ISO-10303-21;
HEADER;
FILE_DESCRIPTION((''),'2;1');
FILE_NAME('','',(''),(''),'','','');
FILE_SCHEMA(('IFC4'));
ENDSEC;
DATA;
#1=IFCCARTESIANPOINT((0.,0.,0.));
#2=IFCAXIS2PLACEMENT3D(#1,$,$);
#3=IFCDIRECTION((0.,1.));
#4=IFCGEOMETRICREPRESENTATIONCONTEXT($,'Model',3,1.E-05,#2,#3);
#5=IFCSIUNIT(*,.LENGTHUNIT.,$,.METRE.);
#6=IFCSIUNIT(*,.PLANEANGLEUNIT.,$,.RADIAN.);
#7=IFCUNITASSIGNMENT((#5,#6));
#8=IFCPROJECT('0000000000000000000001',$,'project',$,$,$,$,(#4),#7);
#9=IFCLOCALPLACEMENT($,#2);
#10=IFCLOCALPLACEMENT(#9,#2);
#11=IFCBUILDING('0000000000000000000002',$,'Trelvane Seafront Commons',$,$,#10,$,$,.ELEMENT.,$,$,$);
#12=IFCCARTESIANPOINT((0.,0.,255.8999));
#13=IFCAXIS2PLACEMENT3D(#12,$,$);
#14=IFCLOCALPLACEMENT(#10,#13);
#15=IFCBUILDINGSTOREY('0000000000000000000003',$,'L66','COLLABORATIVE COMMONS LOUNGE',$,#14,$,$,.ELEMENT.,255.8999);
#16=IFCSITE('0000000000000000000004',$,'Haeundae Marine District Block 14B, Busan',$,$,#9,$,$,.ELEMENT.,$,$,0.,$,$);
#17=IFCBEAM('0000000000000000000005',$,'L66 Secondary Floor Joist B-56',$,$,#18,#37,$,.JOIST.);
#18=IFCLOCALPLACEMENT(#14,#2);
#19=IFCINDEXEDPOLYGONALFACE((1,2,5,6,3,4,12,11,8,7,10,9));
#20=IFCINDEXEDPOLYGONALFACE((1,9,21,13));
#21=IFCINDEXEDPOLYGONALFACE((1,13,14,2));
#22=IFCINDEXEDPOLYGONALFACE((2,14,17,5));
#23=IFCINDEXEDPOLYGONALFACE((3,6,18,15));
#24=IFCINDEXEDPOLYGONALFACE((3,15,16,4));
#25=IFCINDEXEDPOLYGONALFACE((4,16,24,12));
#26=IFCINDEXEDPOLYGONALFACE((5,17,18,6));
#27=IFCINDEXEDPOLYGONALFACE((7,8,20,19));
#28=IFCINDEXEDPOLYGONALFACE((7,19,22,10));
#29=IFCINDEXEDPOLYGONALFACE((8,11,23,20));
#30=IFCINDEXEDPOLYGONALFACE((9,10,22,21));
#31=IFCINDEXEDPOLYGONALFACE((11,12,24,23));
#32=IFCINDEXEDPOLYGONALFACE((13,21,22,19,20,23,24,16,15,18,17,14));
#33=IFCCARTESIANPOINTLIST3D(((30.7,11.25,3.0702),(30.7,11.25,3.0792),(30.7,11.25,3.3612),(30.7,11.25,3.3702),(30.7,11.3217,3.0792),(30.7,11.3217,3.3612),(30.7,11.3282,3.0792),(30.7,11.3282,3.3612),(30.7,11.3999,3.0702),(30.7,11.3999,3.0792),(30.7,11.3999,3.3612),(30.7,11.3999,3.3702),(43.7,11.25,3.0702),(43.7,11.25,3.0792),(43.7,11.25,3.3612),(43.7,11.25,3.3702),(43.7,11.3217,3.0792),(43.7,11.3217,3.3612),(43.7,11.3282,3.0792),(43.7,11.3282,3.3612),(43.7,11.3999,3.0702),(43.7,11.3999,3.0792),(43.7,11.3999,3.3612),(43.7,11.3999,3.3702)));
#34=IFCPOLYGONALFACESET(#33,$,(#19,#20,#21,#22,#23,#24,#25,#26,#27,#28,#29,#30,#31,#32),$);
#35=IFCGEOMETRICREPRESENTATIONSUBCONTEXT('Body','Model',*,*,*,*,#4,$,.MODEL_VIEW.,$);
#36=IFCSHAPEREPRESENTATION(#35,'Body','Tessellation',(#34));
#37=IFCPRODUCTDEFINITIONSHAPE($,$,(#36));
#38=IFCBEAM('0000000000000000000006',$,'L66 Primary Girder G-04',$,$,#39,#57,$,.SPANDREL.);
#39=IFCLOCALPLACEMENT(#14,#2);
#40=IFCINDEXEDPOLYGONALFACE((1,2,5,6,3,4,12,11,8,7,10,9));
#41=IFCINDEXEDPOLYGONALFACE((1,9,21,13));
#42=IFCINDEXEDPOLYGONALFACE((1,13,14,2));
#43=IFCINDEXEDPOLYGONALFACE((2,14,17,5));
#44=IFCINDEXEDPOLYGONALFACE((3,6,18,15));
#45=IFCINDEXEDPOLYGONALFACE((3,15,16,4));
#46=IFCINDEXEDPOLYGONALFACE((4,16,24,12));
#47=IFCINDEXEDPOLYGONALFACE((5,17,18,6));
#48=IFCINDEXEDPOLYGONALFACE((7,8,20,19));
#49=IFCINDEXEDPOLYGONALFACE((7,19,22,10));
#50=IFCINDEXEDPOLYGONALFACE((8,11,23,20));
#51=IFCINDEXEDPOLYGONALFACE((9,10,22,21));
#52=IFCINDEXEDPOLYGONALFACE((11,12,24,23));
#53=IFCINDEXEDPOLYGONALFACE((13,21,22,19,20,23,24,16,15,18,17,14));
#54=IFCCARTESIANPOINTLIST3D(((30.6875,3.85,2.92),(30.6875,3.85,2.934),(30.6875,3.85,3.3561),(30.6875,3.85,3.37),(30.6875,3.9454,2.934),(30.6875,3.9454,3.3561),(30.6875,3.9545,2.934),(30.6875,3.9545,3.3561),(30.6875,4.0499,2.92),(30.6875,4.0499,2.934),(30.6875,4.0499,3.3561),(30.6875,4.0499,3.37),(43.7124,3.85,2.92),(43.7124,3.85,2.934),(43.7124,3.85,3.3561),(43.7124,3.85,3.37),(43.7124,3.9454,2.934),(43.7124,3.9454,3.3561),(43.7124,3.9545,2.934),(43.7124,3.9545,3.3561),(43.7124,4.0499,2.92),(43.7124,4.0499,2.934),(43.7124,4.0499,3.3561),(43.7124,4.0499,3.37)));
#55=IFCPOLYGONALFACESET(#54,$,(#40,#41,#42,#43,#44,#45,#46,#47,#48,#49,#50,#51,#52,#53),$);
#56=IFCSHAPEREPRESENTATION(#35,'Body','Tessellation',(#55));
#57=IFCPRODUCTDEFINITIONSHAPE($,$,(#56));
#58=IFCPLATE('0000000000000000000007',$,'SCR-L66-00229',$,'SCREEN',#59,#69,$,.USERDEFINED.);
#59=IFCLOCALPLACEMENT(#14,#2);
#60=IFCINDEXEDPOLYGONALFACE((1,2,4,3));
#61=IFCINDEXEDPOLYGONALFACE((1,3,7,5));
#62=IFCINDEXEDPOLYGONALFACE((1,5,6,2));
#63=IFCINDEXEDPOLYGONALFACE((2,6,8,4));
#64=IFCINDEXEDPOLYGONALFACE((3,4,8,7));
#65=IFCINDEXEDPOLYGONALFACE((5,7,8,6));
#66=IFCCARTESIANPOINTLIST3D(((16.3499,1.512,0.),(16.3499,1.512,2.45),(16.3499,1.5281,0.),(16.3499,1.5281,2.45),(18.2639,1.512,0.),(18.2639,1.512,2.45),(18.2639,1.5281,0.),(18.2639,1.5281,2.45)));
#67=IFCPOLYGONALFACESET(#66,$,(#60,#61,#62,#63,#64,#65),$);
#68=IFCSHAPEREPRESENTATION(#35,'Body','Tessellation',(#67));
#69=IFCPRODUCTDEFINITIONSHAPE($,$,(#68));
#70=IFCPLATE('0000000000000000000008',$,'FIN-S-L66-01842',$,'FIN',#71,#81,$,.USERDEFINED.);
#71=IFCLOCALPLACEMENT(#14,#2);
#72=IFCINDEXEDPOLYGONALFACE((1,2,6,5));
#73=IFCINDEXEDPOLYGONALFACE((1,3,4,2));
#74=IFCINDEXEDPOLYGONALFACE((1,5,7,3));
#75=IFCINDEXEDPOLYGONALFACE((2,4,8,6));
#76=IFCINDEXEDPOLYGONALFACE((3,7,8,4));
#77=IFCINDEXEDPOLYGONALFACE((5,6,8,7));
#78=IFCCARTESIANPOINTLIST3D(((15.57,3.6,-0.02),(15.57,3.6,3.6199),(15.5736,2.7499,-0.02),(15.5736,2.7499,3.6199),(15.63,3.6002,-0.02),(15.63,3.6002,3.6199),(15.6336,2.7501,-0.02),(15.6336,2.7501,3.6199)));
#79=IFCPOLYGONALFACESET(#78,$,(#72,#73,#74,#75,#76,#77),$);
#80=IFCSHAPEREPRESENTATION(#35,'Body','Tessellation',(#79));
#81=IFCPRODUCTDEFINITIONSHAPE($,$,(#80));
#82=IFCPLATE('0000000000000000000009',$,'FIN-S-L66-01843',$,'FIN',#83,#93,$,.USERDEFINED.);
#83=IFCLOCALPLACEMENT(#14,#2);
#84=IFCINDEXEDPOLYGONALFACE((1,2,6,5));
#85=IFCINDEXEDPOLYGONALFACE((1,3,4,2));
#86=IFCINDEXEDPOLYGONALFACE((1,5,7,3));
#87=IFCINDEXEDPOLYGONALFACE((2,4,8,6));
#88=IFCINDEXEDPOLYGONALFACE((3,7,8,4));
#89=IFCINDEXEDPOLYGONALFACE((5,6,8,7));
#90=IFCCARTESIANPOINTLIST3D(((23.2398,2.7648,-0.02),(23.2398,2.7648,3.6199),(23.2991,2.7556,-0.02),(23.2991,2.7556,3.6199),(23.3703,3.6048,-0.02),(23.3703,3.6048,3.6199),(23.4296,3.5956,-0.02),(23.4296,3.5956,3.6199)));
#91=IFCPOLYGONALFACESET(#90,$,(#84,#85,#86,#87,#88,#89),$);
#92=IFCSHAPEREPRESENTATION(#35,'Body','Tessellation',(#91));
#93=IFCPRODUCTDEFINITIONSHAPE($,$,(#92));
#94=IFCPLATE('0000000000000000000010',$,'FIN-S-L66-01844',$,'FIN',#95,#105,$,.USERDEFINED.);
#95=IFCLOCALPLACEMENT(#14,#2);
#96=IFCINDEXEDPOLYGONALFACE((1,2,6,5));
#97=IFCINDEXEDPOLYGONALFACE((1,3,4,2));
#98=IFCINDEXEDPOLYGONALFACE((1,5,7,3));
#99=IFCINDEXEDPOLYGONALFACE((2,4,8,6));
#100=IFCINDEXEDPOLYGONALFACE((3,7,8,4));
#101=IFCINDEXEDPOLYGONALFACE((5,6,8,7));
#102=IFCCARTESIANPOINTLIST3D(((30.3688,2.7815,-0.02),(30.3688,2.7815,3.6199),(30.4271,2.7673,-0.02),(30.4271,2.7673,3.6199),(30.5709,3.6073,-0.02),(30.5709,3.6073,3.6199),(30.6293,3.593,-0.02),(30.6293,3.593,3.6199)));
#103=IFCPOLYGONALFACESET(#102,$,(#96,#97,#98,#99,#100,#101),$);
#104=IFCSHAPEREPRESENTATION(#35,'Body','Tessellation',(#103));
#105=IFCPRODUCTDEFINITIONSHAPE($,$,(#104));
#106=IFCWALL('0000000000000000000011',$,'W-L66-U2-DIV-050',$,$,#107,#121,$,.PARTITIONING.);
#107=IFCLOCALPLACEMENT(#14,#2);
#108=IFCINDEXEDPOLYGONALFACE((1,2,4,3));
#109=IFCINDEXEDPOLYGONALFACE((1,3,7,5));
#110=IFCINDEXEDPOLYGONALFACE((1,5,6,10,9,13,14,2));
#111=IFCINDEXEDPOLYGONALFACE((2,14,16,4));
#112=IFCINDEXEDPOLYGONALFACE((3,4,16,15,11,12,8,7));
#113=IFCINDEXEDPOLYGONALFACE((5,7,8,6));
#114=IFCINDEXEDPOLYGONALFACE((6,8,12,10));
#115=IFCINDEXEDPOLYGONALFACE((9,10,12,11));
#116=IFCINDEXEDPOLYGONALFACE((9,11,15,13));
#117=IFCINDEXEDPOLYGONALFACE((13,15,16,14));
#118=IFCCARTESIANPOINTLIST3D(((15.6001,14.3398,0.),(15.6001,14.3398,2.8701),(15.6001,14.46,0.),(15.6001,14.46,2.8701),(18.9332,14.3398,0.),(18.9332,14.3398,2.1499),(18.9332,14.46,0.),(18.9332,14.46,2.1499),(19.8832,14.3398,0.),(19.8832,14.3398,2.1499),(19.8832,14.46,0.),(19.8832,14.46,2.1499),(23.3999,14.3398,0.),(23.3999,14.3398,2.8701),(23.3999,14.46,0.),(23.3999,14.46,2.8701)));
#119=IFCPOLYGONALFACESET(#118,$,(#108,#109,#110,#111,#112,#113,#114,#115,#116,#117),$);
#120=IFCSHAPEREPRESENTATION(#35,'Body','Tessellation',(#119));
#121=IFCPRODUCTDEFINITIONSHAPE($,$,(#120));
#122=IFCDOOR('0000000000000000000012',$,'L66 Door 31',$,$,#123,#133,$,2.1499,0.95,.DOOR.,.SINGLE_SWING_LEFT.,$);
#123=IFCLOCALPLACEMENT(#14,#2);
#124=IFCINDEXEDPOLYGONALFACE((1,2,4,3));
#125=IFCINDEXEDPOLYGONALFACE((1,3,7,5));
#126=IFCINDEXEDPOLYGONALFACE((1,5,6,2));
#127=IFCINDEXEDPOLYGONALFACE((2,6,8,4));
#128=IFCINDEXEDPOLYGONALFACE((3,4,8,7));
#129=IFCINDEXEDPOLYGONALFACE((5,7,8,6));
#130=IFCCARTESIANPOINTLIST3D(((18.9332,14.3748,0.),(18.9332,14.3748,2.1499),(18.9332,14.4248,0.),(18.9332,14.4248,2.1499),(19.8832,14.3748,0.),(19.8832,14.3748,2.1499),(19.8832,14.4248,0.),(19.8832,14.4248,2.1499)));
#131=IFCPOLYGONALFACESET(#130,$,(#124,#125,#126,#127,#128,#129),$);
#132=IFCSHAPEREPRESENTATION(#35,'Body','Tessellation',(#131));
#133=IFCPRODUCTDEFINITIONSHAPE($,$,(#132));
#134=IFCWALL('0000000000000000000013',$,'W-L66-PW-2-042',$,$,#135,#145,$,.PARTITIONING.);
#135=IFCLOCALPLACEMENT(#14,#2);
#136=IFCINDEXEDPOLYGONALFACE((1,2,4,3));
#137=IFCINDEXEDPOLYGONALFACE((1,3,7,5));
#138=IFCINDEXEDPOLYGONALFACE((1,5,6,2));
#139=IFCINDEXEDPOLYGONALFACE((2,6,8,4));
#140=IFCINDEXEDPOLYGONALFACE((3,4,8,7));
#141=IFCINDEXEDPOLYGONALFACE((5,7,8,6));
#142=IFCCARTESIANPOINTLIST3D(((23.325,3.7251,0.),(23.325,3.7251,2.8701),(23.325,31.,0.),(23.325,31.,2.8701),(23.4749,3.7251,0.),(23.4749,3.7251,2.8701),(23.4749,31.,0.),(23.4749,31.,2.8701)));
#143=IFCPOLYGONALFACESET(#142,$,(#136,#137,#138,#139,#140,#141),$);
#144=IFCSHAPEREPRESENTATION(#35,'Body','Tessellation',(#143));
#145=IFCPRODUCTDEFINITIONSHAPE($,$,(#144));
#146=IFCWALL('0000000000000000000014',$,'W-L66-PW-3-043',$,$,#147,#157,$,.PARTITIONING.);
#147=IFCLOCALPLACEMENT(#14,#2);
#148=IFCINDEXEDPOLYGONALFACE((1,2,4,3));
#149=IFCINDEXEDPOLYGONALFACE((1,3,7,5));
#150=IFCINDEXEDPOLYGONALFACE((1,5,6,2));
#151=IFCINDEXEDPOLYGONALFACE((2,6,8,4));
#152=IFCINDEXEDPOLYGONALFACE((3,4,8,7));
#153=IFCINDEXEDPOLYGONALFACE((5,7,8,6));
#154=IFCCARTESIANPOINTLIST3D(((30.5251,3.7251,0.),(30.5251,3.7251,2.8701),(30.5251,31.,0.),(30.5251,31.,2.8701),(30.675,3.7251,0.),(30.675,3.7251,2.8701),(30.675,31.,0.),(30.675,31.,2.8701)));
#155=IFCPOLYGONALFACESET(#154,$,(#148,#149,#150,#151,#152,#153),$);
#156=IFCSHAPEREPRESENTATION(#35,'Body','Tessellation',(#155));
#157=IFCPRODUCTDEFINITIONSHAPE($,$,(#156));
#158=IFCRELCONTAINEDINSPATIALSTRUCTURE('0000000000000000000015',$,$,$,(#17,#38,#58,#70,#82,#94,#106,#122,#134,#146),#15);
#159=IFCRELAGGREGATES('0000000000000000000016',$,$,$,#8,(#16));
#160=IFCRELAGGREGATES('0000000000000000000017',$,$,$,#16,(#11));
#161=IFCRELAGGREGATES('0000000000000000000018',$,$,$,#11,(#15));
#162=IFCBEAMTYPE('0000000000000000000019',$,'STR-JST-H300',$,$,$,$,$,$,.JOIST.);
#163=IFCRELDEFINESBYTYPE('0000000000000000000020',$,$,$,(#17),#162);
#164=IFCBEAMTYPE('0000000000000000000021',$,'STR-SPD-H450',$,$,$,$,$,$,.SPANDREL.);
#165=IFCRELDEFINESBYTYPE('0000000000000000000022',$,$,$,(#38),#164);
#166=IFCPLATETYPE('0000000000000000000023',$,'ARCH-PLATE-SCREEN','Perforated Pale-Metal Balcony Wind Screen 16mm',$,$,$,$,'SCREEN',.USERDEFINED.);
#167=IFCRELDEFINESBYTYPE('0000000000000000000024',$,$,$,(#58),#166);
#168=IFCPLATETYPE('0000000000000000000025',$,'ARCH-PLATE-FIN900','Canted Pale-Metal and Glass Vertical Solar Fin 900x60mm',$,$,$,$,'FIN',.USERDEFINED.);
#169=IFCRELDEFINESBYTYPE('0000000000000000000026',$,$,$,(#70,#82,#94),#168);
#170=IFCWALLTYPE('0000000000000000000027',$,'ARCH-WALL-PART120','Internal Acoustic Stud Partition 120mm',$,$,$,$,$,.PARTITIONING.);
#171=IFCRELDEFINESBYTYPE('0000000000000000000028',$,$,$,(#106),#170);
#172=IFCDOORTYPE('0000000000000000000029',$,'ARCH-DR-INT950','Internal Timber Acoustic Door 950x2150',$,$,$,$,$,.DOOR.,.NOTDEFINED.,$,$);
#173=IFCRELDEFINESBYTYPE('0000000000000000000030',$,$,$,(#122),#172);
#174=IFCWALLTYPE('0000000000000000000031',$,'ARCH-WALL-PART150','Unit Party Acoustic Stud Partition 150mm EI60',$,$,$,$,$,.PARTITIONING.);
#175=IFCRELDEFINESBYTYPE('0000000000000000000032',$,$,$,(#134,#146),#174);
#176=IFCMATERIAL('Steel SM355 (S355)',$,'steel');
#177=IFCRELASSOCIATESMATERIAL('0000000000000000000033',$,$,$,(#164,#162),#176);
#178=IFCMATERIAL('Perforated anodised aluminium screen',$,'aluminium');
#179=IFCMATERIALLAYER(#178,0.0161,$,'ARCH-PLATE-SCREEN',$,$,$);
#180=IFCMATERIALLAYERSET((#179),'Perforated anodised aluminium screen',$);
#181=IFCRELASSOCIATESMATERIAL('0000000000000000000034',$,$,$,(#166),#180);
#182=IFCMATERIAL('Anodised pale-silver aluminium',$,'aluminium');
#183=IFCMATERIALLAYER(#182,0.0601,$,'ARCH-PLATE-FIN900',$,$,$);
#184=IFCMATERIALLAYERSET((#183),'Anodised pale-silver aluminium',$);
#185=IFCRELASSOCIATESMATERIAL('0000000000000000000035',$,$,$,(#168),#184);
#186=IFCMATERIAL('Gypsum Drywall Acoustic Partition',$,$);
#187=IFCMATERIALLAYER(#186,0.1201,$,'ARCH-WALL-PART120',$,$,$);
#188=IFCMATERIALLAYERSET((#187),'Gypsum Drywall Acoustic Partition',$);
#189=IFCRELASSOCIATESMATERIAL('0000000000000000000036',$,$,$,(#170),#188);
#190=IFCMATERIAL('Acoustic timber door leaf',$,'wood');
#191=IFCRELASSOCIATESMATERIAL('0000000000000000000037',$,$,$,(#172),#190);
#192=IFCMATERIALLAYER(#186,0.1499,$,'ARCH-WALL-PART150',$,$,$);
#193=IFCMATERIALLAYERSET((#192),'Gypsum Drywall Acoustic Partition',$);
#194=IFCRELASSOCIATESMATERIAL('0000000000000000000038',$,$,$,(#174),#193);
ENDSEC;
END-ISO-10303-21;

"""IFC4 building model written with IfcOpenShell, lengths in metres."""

from ifc_helpers import new_model, si_unit, direction, frame, frame_2d, origin, origin_2d, place, context, subcontext, project, spatial, rectangle, i_section, extrude, source, transform, mapped, material, layer, layer_set, material_profile, profile_set, type_object, element, fill, save


model = new_model("IFC4")

# Units and contexts
model_context = context("Model", 3, precision=1e-05, world=origin(), true_north=direction((0.0, 1.0)))
body_context = subcontext(model_context, "Body", "Model", "MODEL_VIEW")
ifc_project = project(units=[si_unit("LENGTHUNIT", "METRE"), si_unit("PLANEANGLEUNIT", "RADIAN")], contexts=[model_context])

# Site, building, storey
site_placement = place(None, origin())
site = spatial("IfcSite", under=ifc_project, at=site_placement, Name="Haeundae Marine District Block 14B, Busan", CompositionType="ELEMENT", RefElevation=0.0)
building_placement = place(site_placement, origin())
building = spatial("IfcBuilding", under=site, at=building_placement, Name="Trelvane Seafront Commons", CompositionType="ELEMENT")
storey_placement = place(building_placement, frame((0.0, 0.0, 255.8999)))
storey = spatial("IfcBuildingStorey", under=building, at=storey_placement, Name="L66", Description="COLLABORATIVE COMMONS LOUNGE", CompositionType="ELEMENT", Elevation=255.8999)

# Shared definitions
ifc_material_1 = material(Name="Steel SM355 (S355)", Category="steel")

# Beams
ifc_material_profile_1 = material_profile(ifc_material_1, i_section(OverallWidth=0.2, OverallDepth=0.45, WebThickness=0.009, FlangeThickness=0.0139, at=origin_2d()), Name="H-450x200x9x14")
ifc_profile_set_1 = profile_set([ifc_material_profile_1], Name="Steel SM355 (S355)")
beam_type_1 = type_object("IfcBeamType", Name="STR-SPD-H450", PredefinedType="SPANDREL", material=ifc_profile_set_1)
ifc_material_profile_2 = material_profile(ifc_material_1, i_section(OverallWidth=0.1499, OverallDepth=0.3, WebThickness=0.0066, FlangeThickness=0.009, at=origin_2d()), Name="H-300x150x6.5x9")
ifc_profile_set_2 = profile_set([ifc_material_profile_2], Name="Steel SM355 (S355)")
beam_type_2 = type_object("IfcBeamType", Name="STR-JST-H300", PredefinedType="JOIST", material=ifc_profile_set_2)
shared_shape_1 = source(origin(), body_context, "Body", "SweptSolid", [
    extrude(i_section(OverallWidth=0.1499, OverallDepth=0.3, WebThickness=0.0066, FlangeThickness=0.009, at=origin_2d()), origin(), (0.0, 0.0, 1.0), 13.0),
])
beam_1_placement = place(storey_placement, frame((30.7, 11.325, 3.2202), z_axis=(1.0, 0.0, 0.0), x_axis=(0.0, 1.0, 0.0)))
element("IfcBeam", 1, at=beam_1_placement, inside=storey, type_object=beam_type_2, Name="L66 Secondary Floor Joist B-56", PredefinedType="JOIST", context=body_context, shape_type="MappedRepresentation", body=[
    mapped(shared_shape_1, transform((0.0, 0.0, 0.0), x_axis=(1.0, 0.0, 0.0), y_axis=(0.0, 1.0, 0.0), z_axis=(0.0, 0.0, 1.0), scale=1.0)),
])
shared_shape_2 = source(origin(), body_context, "Body", "SweptSolid", [
    extrude(i_section(OverallWidth=0.2, OverallDepth=0.45, WebThickness=0.009, FlangeThickness=0.0139, at=origin_2d()), origin(), (0.0, 0.0, 1.0), 13.0249),
])
beam_2_placement = place(storey_placement, frame((30.6875, 3.95, 3.145), z_axis=(1.0, 0.0, 0.0), x_axis=(0.0, 1.0, 0.0)))
element("IfcBeam", 2, at=beam_2_placement, inside=storey, type_object=beam_type_1, Name="L66 Primary Girder G-04", PredefinedType="SPANDREL", context=body_context, shape_type="MappedRepresentation", body=[
    mapped(shared_shape_2, transform((0.0, 0.0, 0.0), x_axis=(1.0, 0.0, 0.0), y_axis=(0.0, 1.0, 0.0), z_axis=(0.0, 0.0, 1.0), scale=1.0)),
])

# Plates
ifc_material_2 = material(Name="Perforated anodised aluminium screen", Category="aluminium")
ifc_layer_1 = layer(ifc_material_2, 0.0161, Name="ARCH-PLATE-SCREEN")
ifc_layer_set_1 = layer_set([ifc_layer_1], Name="Perforated anodised aluminium screen")
plate_type_1 = type_object("IfcPlateType", Name="ARCH-PLATE-SCREEN", Description="Perforated Pale-Metal Balcony Wind Screen 16mm", ElementType="SCREEN", PredefinedType="USERDEFINED", material=ifc_layer_set_1)
shared_shape_3 = source(origin(), body_context, "Body", "SweptSolid", [
    extrude(rectangle(XDim=1.9141, YDim=0.0161, at=origin_2d()), origin(), (0.0, 0.0, 1.0), 2.45),
])
plate_placement = place(storey_placement, frame((17.3069, 1.52, 0.0), z_axis=(0.0, 0.0, 1.0), x_axis=(1.0, 0.0, 0.0)))
element("IfcPlate", 3, at=plate_placement, inside=storey, type_object=plate_type_1, Name="SCR-L66-00229", ObjectType="SCREEN", PredefinedType="USERDEFINED", context=body_context, shape_type="MappedRepresentation", body=[
    mapped(shared_shape_3, transform((0.0, 0.0, 0.0), x_axis=(1.0, 0.0, 0.0), y_axis=(0.0, 1.0, 0.0), z_axis=(0.0, 0.0, 1.0), scale=1.0)),
])
ifc_material_3 = material(Name="Anodised pale-silver aluminium", Category="aluminium")
ifc_layer_2 = layer(ifc_material_3, 0.0601, Name="ARCH-PLATE-FIN900")
ifc_layer_set_2 = layer_set([ifc_layer_2], Name="Anodised pale-silver aluminium")
plate_type_2 = type_object("IfcPlateType", Name="ARCH-PLATE-FIN900", Description="Canted Pale-Metal and Glass Vertical Solar Fin 900x60mm", ElementType="FIN", PredefinedType="USERDEFINED", material=ifc_layer_set_2)
shared_shape_4 = source(origin(), body_context, "Body", "SweptSolid", [
    extrude(rectangle(XDim=0.8501, YDim=0.0601, at=origin_2d()), origin(), (0.0, 0.0, 1.0), 3.6399),
])
for number, where, z_axis, x_axis, name in (
    (4, (15.6018, 3.175, -0.02), (0.0, 0.0, 1.0), (0.004236, -0.999991, 0.0), "FIN-S-L66-01842"),
    (5, (23.3347, 3.1802, -0.02), (0.0, 0.0, 1.0), (-0.153533, -0.988144, 0.0), "FIN-S-L66-01843"),
    (6, (30.499, 3.1873, -0.02), (0.0, 0.0, 1.0), (-0.237771, -0.971321, 0.0), "FIN-S-L66-01844"),
):
    element("IfcPlate", number, at=place(storey_placement, frame(where, z_axis=z_axis, x_axis=x_axis)), inside=storey, type_object=plate_type_2, Name=name, ObjectType="FIN", PredefinedType="USERDEFINED", context=body_context, shape_type="MappedRepresentation", body=[
        mapped(shared_shape_4, transform((0.0, 0.0, 0.0), x_axis=(1.0, 0.0, 0.0), y_axis=(0.0, 1.0, 0.0), z_axis=(0.0, 0.0, 1.0), scale=1.0)),
    ])

# Wall, opening, door
ifc_material_4 = material(Name="Gypsum Drywall Acoustic Partition")
ifc_layer_3 = layer(ifc_material_4, 0.1201, Name="ARCH-WALL-PART120")
ifc_layer_set_3 = layer_set([ifc_layer_3], Name="Gypsum Drywall Acoustic Partition")
wall_type_1 = type_object("IfcWallType", Name="ARCH-WALL-PART120", Description="Internal Acoustic Stud Partition 120mm", PredefinedType="PARTITIONING", material=ifc_layer_set_3)
wall_placement = place(storey_placement, frame((15.6001, 14.3999, 0.0), z_axis=(0.0, 0.0, 1.0), x_axis=(1.0, 0.0, 0.0)))
wall = element("IfcWall", 7, at=wall_placement, inside=storey, type_object=wall_type_1, Name="W-L66-U2-DIV-050", PredefinedType="PARTITIONING", context=body_context, shape_type="SweptSolid", body=[
    extrude(rectangle(XDim=7.7998, YDim=0.1201, at=frame_2d((3.8999, 0.0))), origin(), (0.0, 0.0, 1.0), 2.8701),
])
opening_placement = place(wall_placement, frame((3.333, 0.0, 0.0)))
opening = element("IfcOpeningElement", 8, at=opening_placement, cuts=wall, PredefinedType="OPENING", context=body_context, shape_type="SweptSolid", body=[
    extrude(rectangle(XDim=0.95, YDim=2.1499, at=frame_2d((0.4751, 1.075))), frame((0.0, 0.0701, 0.0), z_axis=(0.0, -1.0, 0.0), x_axis=(1.0, 0.0, 0.0)), (0.0, 0.0, 1.0), 0.1401),
])
ifc_material_5 = material(Name="Acoustic timber door leaf", Category="wood")
door_type = type_object("IfcDoorType", Name="ARCH-DR-INT950", Description="Internal Timber Acoustic Door 950x2150", OperationType="NOTDEFINED", PredefinedType="DOOR", material=ifc_material_5)
shared_shape_5 = source(origin(), body_context, "Body", "SweptSolid", [
    extrude(rectangle(XDim=0.95, YDim=2.1499, at=frame_2d((0.4751, 1.075))), frame((0.0, 0.0249, 0.0), z_axis=(0.0, -1.0, 0.0), x_axis=(1.0, 0.0, 0.0)), (0.0, 0.0, 1.0), 0.05),
])
door_placement = place(opening_placement, origin())
door = element("IfcDoor", 9, at=door_placement, inside=storey, type_object=door_type, Name="L66 Door 31", OperationType="SINGLE_SWING_LEFT", OverallHeight=2.1499, OverallWidth=0.95, PredefinedType="DOOR", context=body_context, shape_type="MappedRepresentation", body=[
    mapped(shared_shape_5, transform((0.0, 0.0, 0.0), x_axis=(1.0, 0.0, 0.0), y_axis=(0.0, 1.0, 0.0), z_axis=(0.0, 0.0, 1.0), scale=1.0)),
])
fill(opening, door)

# Walls
ifc_layer_4 = layer(ifc_material_4, 0.1499, Name="ARCH-WALL-PART150")
ifc_layer_set_4 = layer_set([ifc_layer_4], Name="Gypsum Drywall Acoustic Partition")
wall_type_2 = type_object("IfcWallType", Name="ARCH-WALL-PART150", Description="Unit Party Acoustic Stud Partition 150mm EI60", PredefinedType="PARTITIONING", material=ifc_layer_set_4)
for number, where, z_axis, x_axis, name in (
    (10, (23.3999, 3.7251, 0.0), (0.0, 0.0, 1.0), (0.0, 1.0, 0.0), "W-L66-PW-2-042"),
    (11, (30.6001, 3.7251, 0.0), (0.0, 0.0, 1.0), (0.0, 1.0, 0.0), "W-L66-PW-3-043"),
):
    element("IfcWall", number, at=place(storey_placement, frame(where, z_axis=z_axis, x_axis=x_axis)), inside=storey, type_object=wall_type_2, Name=name, PredefinedType="PARTITIONING", context=body_context, shape_type="SweptSolid", body=[
        extrude(rectangle(XDim=27.2749, YDim=0.1499, at=frame_2d((13.6375, 0.0))), origin(), (0.0, 0.0, 1.0), 2.8701),
    ])

save(model, "model.ifc")
